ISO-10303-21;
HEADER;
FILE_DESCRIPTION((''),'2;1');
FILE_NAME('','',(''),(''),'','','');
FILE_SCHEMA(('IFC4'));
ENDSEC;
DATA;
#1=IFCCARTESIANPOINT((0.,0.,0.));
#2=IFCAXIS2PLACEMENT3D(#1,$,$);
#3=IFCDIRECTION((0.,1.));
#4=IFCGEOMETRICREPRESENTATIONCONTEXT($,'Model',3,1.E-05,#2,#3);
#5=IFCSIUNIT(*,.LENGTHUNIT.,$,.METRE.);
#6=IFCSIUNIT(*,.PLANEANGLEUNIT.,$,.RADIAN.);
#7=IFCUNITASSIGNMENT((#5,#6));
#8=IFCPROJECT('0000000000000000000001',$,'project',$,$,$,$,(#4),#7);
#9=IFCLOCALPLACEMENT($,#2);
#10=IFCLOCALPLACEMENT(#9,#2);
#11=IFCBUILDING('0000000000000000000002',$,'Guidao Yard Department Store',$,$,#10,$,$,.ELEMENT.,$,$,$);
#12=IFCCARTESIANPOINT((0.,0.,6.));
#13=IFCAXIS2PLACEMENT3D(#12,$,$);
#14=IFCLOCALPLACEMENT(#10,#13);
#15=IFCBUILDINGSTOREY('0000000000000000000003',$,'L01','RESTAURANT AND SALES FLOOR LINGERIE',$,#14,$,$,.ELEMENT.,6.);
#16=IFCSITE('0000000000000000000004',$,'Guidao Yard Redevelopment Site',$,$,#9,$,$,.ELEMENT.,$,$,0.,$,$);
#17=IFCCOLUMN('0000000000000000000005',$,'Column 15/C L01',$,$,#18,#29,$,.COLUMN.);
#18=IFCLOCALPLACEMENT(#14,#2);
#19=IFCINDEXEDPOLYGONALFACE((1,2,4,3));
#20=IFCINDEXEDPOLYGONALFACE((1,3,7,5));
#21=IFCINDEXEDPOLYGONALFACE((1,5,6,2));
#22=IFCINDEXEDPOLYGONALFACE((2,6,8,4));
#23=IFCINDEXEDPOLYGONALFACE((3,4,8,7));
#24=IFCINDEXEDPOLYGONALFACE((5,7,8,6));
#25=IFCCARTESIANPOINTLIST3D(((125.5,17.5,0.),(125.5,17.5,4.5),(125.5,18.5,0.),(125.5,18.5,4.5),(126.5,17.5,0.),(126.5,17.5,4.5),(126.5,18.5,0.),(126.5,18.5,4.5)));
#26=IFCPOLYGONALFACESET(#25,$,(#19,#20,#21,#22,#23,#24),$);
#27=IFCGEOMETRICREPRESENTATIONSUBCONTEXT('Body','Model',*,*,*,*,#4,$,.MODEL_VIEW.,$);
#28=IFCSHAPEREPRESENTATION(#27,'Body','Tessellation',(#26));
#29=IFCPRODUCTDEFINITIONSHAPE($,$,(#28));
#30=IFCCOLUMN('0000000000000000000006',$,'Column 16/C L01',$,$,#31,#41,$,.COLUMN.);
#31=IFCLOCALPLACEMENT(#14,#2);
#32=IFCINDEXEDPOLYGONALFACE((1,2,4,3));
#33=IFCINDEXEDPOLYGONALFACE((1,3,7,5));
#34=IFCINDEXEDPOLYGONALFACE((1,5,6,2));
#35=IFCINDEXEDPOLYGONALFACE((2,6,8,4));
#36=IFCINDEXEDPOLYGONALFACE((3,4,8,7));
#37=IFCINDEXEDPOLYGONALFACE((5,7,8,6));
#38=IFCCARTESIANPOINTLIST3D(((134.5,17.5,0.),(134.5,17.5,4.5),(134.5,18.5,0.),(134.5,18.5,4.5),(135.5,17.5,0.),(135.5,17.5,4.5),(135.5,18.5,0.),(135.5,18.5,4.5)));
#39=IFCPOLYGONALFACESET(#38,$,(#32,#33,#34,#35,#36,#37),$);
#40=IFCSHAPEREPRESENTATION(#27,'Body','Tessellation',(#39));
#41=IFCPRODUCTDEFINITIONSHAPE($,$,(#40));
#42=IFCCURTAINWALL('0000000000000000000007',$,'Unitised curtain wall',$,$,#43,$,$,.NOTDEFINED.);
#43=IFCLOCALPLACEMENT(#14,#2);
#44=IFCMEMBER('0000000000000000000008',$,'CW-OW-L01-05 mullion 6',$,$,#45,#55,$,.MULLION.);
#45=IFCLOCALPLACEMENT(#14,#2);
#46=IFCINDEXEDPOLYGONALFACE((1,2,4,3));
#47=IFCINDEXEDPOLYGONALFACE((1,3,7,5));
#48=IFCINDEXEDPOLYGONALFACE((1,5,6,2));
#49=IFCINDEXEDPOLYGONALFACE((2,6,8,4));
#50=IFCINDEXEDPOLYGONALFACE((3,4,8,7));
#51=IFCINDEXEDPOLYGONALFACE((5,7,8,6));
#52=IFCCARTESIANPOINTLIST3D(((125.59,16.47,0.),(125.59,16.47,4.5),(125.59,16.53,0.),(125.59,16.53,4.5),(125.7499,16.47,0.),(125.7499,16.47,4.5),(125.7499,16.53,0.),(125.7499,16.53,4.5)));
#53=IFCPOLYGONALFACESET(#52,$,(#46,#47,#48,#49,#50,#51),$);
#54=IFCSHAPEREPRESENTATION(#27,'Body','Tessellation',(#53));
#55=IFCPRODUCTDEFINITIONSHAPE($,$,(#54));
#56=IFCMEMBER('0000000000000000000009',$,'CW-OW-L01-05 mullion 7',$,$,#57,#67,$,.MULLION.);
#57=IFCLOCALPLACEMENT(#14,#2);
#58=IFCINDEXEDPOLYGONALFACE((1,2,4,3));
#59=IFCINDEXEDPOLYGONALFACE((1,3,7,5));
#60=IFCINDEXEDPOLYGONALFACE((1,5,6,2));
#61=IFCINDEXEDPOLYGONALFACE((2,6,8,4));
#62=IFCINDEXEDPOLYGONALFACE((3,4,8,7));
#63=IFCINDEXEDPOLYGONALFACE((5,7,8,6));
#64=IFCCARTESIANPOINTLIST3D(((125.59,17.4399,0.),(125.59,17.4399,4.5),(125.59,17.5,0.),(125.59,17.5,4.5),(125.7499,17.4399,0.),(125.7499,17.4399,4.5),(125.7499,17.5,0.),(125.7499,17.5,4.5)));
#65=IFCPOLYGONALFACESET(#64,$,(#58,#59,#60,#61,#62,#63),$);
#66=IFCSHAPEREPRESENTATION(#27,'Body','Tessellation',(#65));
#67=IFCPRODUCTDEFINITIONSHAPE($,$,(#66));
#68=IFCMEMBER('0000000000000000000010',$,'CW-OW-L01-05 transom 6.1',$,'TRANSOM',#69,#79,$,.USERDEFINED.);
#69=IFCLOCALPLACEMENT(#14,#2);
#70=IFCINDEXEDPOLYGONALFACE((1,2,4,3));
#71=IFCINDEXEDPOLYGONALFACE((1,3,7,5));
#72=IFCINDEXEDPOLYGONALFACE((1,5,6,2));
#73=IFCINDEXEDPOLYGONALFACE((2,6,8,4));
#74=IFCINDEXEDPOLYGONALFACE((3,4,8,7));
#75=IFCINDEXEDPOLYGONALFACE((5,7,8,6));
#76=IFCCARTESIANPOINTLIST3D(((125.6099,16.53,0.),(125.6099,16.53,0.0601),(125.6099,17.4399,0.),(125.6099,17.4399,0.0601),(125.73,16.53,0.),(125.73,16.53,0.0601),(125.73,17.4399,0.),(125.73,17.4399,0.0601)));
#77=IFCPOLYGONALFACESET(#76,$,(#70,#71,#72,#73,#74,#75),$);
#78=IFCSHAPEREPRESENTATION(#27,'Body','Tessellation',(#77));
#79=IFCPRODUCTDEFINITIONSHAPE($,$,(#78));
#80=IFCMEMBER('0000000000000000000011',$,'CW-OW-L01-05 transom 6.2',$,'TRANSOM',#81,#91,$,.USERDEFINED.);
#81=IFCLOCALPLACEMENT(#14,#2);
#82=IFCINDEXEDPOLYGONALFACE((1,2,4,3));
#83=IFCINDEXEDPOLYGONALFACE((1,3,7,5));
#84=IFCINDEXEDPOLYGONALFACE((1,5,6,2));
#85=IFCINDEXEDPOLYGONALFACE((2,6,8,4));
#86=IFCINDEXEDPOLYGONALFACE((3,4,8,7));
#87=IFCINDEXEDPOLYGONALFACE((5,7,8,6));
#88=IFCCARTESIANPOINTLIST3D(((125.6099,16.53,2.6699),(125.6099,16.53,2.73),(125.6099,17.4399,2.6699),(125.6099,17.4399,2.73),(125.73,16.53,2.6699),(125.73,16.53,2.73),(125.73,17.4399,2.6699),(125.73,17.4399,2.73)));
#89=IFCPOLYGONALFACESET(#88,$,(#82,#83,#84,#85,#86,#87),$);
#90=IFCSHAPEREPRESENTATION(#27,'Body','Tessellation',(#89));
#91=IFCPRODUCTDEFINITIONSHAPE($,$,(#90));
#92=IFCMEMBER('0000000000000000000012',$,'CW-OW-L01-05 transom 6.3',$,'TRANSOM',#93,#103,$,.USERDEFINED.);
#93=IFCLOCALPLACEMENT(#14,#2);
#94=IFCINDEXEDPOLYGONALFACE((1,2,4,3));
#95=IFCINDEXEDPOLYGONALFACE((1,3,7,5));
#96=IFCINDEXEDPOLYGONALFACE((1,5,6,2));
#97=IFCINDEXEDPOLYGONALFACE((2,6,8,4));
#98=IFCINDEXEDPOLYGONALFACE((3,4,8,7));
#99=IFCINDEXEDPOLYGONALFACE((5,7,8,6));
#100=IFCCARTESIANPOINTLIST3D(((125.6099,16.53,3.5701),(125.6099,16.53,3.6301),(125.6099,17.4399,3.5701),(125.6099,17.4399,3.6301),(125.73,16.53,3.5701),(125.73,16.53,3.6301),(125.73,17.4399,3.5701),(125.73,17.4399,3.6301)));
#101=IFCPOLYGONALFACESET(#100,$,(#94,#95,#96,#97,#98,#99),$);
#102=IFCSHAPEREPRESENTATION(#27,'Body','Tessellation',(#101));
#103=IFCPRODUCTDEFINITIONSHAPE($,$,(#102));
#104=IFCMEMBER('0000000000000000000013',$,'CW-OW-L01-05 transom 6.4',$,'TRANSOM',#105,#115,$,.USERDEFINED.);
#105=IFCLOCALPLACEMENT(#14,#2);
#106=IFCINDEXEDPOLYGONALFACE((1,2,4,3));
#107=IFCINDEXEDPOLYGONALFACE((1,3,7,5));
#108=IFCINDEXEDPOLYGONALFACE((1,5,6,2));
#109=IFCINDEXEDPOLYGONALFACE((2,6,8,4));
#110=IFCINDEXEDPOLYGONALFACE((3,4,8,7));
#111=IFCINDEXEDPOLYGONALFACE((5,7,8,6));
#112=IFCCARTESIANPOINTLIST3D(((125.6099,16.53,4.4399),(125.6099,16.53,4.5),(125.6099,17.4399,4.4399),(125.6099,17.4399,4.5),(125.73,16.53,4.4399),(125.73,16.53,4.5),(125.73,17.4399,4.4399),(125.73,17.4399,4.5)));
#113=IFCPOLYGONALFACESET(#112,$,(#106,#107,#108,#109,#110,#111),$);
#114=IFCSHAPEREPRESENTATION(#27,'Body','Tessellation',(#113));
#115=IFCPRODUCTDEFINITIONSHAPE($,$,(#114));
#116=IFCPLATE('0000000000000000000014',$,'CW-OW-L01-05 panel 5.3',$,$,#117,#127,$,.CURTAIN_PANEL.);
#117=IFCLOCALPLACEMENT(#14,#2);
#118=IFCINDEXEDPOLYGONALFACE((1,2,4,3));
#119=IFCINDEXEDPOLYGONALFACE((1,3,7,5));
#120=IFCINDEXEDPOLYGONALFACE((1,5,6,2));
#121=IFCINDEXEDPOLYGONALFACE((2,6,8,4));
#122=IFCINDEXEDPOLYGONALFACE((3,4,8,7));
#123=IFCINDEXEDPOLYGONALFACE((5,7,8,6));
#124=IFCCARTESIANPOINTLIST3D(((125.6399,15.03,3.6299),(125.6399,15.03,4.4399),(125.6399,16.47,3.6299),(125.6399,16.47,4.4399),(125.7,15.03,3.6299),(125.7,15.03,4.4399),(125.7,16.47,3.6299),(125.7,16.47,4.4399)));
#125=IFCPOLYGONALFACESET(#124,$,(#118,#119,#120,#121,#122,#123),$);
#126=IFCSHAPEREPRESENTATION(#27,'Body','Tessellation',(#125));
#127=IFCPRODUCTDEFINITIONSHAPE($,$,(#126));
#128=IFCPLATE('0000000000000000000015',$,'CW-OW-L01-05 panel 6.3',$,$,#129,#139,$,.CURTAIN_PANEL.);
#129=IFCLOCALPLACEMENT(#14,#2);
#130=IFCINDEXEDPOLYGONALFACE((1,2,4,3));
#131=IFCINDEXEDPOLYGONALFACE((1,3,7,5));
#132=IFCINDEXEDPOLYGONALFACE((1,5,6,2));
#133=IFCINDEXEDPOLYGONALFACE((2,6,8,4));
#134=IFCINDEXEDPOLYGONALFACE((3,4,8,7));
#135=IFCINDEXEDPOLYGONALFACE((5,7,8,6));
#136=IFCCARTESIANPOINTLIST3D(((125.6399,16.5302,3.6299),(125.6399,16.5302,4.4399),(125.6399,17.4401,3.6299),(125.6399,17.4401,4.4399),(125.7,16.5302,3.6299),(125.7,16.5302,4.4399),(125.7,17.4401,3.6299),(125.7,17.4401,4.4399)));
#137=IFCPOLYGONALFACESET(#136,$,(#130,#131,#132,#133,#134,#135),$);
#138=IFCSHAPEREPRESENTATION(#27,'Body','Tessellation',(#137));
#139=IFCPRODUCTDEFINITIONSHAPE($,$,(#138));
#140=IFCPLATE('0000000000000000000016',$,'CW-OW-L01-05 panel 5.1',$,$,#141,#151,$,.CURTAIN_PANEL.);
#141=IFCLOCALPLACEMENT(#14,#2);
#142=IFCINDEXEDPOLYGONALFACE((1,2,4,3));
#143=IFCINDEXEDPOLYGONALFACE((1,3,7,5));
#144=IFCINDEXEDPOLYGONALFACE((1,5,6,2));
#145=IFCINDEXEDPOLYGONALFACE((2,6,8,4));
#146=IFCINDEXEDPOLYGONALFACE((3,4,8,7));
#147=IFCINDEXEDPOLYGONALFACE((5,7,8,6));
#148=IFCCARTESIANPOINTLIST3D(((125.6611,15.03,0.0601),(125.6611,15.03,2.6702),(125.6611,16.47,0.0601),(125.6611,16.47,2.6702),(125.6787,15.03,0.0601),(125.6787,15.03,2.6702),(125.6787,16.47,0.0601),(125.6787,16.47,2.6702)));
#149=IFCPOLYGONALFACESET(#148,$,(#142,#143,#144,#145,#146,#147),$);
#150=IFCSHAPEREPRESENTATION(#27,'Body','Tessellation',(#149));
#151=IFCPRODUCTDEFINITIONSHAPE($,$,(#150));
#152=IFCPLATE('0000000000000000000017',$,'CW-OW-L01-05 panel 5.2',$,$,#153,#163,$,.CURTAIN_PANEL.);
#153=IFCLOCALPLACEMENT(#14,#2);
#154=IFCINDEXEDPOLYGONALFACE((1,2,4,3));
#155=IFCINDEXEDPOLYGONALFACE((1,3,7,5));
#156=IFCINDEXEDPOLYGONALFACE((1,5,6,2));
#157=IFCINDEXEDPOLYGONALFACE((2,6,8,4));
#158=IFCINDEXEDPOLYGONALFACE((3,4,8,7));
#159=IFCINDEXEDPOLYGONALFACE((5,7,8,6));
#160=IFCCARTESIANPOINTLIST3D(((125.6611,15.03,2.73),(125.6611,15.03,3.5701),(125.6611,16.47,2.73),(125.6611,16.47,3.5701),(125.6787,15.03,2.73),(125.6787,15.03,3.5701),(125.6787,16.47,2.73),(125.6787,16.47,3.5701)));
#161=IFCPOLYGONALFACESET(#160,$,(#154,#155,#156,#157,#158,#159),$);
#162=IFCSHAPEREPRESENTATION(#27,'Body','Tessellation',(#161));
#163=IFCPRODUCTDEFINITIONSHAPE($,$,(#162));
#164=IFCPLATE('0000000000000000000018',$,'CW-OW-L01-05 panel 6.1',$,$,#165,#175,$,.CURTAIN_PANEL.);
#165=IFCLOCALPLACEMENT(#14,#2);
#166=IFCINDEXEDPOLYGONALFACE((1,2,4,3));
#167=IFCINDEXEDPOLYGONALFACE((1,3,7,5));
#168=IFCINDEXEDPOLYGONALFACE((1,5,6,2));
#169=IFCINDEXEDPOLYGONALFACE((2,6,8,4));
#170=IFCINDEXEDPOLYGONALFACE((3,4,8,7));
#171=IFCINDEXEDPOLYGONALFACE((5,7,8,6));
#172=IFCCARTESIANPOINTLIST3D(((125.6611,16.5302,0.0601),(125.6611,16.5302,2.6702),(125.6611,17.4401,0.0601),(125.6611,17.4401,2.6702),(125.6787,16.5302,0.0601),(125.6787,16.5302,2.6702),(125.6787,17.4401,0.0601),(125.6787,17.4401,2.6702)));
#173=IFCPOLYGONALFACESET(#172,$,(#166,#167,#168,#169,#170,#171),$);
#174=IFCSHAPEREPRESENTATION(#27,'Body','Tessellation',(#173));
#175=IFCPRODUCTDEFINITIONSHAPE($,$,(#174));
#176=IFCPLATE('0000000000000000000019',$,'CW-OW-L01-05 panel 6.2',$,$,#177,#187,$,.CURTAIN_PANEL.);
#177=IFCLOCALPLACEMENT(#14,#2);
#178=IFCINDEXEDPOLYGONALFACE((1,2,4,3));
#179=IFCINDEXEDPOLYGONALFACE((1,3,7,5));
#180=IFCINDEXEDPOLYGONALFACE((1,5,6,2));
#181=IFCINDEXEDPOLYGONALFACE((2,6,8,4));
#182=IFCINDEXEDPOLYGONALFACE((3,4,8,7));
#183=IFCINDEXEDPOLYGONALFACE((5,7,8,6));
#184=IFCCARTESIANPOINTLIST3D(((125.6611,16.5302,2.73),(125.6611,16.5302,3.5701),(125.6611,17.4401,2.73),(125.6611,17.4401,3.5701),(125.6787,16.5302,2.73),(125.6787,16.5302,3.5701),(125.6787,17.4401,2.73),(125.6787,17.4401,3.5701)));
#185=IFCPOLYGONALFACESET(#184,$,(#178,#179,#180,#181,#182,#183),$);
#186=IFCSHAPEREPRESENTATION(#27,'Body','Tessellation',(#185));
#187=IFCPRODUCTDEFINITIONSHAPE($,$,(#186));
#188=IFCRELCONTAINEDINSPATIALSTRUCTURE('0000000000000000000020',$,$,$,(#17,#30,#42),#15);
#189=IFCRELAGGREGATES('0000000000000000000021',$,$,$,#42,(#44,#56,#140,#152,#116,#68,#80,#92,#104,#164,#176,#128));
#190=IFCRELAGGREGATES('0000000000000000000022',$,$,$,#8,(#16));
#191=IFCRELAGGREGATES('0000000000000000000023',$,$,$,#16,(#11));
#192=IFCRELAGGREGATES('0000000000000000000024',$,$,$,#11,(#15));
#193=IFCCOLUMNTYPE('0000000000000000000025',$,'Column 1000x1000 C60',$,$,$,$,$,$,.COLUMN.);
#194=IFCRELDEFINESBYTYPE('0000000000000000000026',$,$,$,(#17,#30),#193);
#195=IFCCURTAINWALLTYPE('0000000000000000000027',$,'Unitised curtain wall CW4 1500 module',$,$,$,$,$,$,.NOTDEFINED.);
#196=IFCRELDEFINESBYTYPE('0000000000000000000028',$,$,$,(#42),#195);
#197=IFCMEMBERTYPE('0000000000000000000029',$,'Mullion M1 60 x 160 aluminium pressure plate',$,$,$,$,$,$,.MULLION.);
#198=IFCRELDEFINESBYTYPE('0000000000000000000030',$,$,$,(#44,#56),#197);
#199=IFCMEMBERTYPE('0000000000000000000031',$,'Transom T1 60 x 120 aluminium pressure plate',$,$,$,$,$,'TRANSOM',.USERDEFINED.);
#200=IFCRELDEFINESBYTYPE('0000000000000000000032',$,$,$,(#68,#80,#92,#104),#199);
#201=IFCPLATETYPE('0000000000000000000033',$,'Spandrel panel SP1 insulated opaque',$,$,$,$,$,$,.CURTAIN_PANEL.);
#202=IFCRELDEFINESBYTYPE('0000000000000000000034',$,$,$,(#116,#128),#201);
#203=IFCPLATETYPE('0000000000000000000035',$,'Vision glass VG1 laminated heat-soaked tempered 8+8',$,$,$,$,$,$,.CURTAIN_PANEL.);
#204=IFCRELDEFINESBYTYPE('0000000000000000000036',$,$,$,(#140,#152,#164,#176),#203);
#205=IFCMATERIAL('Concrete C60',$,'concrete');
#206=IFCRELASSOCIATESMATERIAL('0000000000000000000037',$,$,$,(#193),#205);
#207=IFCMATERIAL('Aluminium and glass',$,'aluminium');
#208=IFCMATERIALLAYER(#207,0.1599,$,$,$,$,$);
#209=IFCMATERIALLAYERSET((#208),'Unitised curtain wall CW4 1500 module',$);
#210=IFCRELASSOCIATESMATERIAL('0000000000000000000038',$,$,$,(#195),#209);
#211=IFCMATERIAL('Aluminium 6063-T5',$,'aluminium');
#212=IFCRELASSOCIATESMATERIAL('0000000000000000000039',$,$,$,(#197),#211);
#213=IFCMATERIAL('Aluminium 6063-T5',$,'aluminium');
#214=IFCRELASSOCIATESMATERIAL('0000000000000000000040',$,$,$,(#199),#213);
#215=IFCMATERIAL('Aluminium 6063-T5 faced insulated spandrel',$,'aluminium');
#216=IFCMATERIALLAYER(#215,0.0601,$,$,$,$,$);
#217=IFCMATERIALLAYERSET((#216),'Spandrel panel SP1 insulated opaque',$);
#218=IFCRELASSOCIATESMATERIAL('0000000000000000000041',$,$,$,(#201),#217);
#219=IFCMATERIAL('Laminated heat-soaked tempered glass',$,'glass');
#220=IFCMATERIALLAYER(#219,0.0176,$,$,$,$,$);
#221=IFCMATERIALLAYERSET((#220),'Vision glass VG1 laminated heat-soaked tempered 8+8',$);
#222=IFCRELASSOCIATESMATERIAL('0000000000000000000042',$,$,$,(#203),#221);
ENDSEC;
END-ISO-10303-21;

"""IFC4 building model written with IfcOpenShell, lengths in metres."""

from ifc_helpers import new_model, si_unit, direction, frame, origin, origin_2d, place, context, subcontext, project, spatial, rectangle, extrude, material, layer, layer_set, material_profile, profile_set, type_object, element, aggregate, save


model = new_model("IFC4")

# Units and contexts
model_context = context("Model", 3, precision=1e-05, world=origin(), true_north=direction((0.0, 1.0)))
body_context = subcontext(model_context, "Body", "Model", "MODEL_VIEW")
ifc_project = project(units=[si_unit("LENGTHUNIT", "METRE"), si_unit("PLANEANGLEUNIT", "RADIAN")], contexts=[model_context])

# Site, building, storey
site_placement = place(None, origin())
site = spatial("IfcSite", under=ifc_project, at=site_placement, Name="Guidao Yard Redevelopment Site", CompositionType="ELEMENT", RefElevation=0.0)
building_placement = place(site_placement, origin())
building = spatial("IfcBuilding", under=site, at=building_placement, Name="Guidao Yard Department Store", CompositionType="ELEMENT")
storey_placement = place(building_placement, frame((0.0, 0.0, 6.0)))
storey = spatial("IfcBuildingStorey", under=building, at=storey_placement, Name="L01", Description="RESTAURANT AND SALES FLOOR LINGERIE", CompositionType="ELEMENT", Elevation=6.0)

# Columns
ifc_material_1 = material(Name="Concrete C60", Category="concrete")
ifc_material_profile_1 = material_profile(ifc_material_1, rectangle(XDim=1.0, YDim=1.0, at=origin_2d()), Name="COL 1000x1000")
ifc_profile_set_1 = profile_set([ifc_material_profile_1], Name="Concrete C60")
column_type = type_object("IfcColumnType", Name="Column 1000x1000 C60", PredefinedType="COLUMN", material=ifc_profile_set_1)
for number, where, z_axis, x_axis, name in (
    (1, (126.0, 18.0, 0.0), (0.0, 0.0, 1.0), (1.0, 0.0, 0.0), "Column 15/C L01"),
    (2, (135.0, 18.0, 0.0), (0.0, 0.0, 1.0), (1.0, 0.0, 0.0), "Column 16/C L01"),
):
    element("IfcColumn", number, at=place(storey_placement, frame(where, z_axis=z_axis, x_axis=x_axis)), inside=storey, type_object=column_type, Name=name, PredefinedType="COLUMN", context=body_context, shape_type="SweptSolid", body=[
        extrude(rectangle(XDim=1.0, YDim=1.0, at=origin_2d()), origin(), (0.0, 0.0, 1.0), 4.5),
    ])

# Curtain wall, members, plates
ifc_material_2 = material(Name="Aluminium and glass", Category="aluminium")
ifc_layer_1 = layer(ifc_material_2, 0.1599)
ifc_layer_set_1 = layer_set([ifc_layer_1], Name="Unitised curtain wall CW4 1500 module")
curtain_wall_type = type_object("IfcCurtainWallType", Name="Unitised curtain wall CW4 1500 module", PredefinedType="NOTDEFINED", material=ifc_layer_set_1)
curtain_wall_placement = place(storey_placement, origin())
curtain_wall = element("IfcCurtainWall", 3, at=curtain_wall_placement, inside=storey, type_object=curtain_wall_type, Name="Unitised curtain wall", PredefinedType="NOTDEFINED")
ifc_material_3 = material(Name="Aluminium 6063-T5", Category="aluminium")
ifc_material_profile_2 = material_profile(ifc_material_3, rectangle(XDim=0.0601, YDim=0.1599, at=origin_2d()), Name="Mullion M1 60 x 160 aluminium pressure plate")
ifc_profile_set_2 = profile_set([ifc_material_profile_2], Name="Aluminium 6063-T5")
member_type_1 = type_object("IfcMemberType", Name="Mullion M1 60 x 160 aluminium pressure plate", PredefinedType="MULLION", material=ifc_profile_set_2)
member_1_placement = place(storey_placement, frame((125.6699, 16.5, 0.0), z_axis=(0.0, 0.0, 1.0), x_axis=(0.0, 1.0, 0.0)))
member_1 = element("IfcMember", 4, at=member_1_placement, type_object=member_type_1, Name="CW-OW-L01-05 mullion 6", PredefinedType="MULLION", context=body_context, shape_type="SweptSolid", body=[
    extrude(rectangle(XDim=0.0601, YDim=0.1599, at=origin_2d()), origin(), (0.0, 0.0, 1.0), 4.5),
])
member_2_placement = place(storey_placement, frame((125.6699, 17.47, 0.0), z_axis=(0.0, 0.0, 1.0), x_axis=(0.0, 1.0, 0.0)))
member_2 = element("IfcMember", 5, at=member_2_placement, type_object=member_type_1, Name="CW-OW-L01-05 mullion 7", PredefinedType="MULLION", context=body_context, shape_type="SweptSolid", body=[
    extrude(rectangle(XDim=0.0601, YDim=0.1599, at=origin_2d()), origin(), (0.0, 0.0, 1.0), 4.5),
])
ifc_material_4 = material(Name="Aluminium 6063-T5", Category="aluminium")
ifc_material_profile_3 = material_profile(ifc_material_4, rectangle(XDim=0.1201, YDim=0.0601, at=origin_2d()), Name="Transom T1 60 x 120 aluminium pressure plate")
ifc_profile_set_3 = profile_set([ifc_material_profile_3], Name="Aluminium 6063-T5")
member_type_2 = type_object("IfcMemberType", Name="Transom T1 60 x 120 aluminium pressure plate", ElementType="TRANSOM", PredefinedType="USERDEFINED", material=ifc_profile_set_3)
member_3_placement = place(storey_placement, frame((125.6699, 16.53, 0.03), z_axis=(0.0, 1.0, 0.0), x_axis=(-1.0, 0.0, 0.0)))
member_3 = element("IfcMember", 6, at=member_3_placement, type_object=member_type_2, Name="CW-OW-L01-05 transom 6.1", ObjectType="TRANSOM", PredefinedType="USERDEFINED", context=body_context, shape_type="SweptSolid", body=[
    extrude(rectangle(XDim=0.1201, YDim=0.0601, at=origin_2d()), origin(), (0.0, 0.0, 1.0), 0.9099),
])
member_4_placement = place(storey_placement, frame((125.6699, 16.53, 2.7), z_axis=(0.0, 1.0, 0.0), x_axis=(-1.0, 0.0, 0.0)))
member_4 = element("IfcMember", 7, at=member_4_placement, type_object=member_type_2, Name="CW-OW-L01-05 transom 6.2", ObjectType="TRANSOM", PredefinedType="USERDEFINED", context=body_context, shape_type="SweptSolid", body=[
    extrude(rectangle(XDim=0.1201, YDim=0.0601, at=origin_2d()), origin(), (0.0, 0.0, 1.0), 0.9099),
])
member_5_placement = place(storey_placement, frame((125.6699, 16.53, 3.6001), z_axis=(0.0, 1.0, 0.0), x_axis=(-1.0, 0.0, 0.0)))
member_5 = element("IfcMember", 8, at=member_5_placement, type_object=member_type_2, Name="CW-OW-L01-05 transom 6.3", ObjectType="TRANSOM", PredefinedType="USERDEFINED", context=body_context, shape_type="SweptSolid", body=[
    extrude(rectangle(XDim=0.1201, YDim=0.0601, at=origin_2d()), origin(), (0.0, 0.0, 1.0), 0.9099),
])
member_6_placement = place(storey_placement, frame((125.6699, 16.53, 4.47), z_axis=(0.0, 1.0, 0.0), x_axis=(-1.0, 0.0, 0.0)))
member_6 = element("IfcMember", 9, at=member_6_placement, type_object=member_type_2, Name="CW-OW-L01-05 transom 6.4", ObjectType="TRANSOM", PredefinedType="USERDEFINED", context=body_context, shape_type="SweptSolid", body=[
    extrude(rectangle(XDim=0.1201, YDim=0.0601, at=origin_2d()), origin(), (0.0, 0.0, 1.0), 0.9099),
])
ifc_material_5 = material(Name="Aluminium 6063-T5 faced insulated spandrel", Category="aluminium")
ifc_layer_2 = layer(ifc_material_5, 0.0601)
ifc_layer_set_2 = layer_set([ifc_layer_2], Name="Spandrel panel SP1 insulated opaque")
plate_type_1 = type_object("IfcPlateType", Name="Spandrel panel SP1 insulated opaque", PredefinedType="CURTAIN_PANEL", material=ifc_layer_set_2)
plate_1_placement = place(storey_placement, frame((125.6699, 15.75, 3.6299), z_axis=(0.0, 0.0, 1.0), x_axis=(0.0, 1.0, 0.0)))
plate_1 = element("IfcPlate", 10, at=plate_1_placement, type_object=plate_type_1, Name="CW-OW-L01-05 panel 5.3", PredefinedType="CURTAIN_PANEL", context=body_context, shape_type="SweptSolid", body=[
    extrude(rectangle(XDim=1.4399, YDim=0.0601, at=origin_2d()), origin(), (0.0, 0.0, 1.0), 0.8101),
])
plate_2_placement = place(storey_placement, frame((125.6699, 16.9851, 3.6299), z_axis=(0.0, 0.0, 1.0), x_axis=(0.0, 1.0, 0.0)))
plate_2 = element("IfcPlate", 11, at=plate_2_placement, type_object=plate_type_1, Name="CW-OW-L01-05 panel 6.3", PredefinedType="CURTAIN_PANEL", context=body_context, shape_type="SweptSolid", body=[
    extrude(rectangle(XDim=0.9099, YDim=0.0601, at=origin_2d()), origin(), (0.0, 0.0, 1.0), 0.8101),
])
ifc_material_6 = material(Name="Laminated heat-soaked tempered glass", Category="glass")
ifc_layer_3 = layer(ifc_material_6, 0.0176)
ifc_layer_set_3 = layer_set([ifc_layer_3], Name="Vision glass VG1 laminated heat-soaked tempered 8+8")
plate_type_2 = type_object("IfcPlateType", Name="Vision glass VG1 laminated heat-soaked tempered 8+8", PredefinedType="CURTAIN_PANEL", material=ifc_layer_set_3)
plate_3_placement = place(storey_placement, frame((125.6699, 15.75, 0.0601), z_axis=(0.0, 0.0, 1.0), x_axis=(0.0, 1.0, 0.0)))
plate_3 = element("IfcPlate", 12, at=plate_3_placement, type_object=plate_type_2, Name="CW-OW-L01-05 panel 5.1", PredefinedType="CURTAIN_PANEL", context=body_context, shape_type="SweptSolid", body=[
    extrude(rectangle(XDim=1.4399, YDim=0.0176, at=origin_2d()), origin(), (0.0, 0.0, 1.0), 2.6101),
])
plate_4_placement = place(storey_placement, frame((125.6699, 15.75, 2.73), z_axis=(0.0, 0.0, 1.0), x_axis=(0.0, 1.0, 0.0)))
plate_4 = element("IfcPlate", 13, at=plate_4_placement, type_object=plate_type_2, Name="CW-OW-L01-05 panel 5.2", PredefinedType="CURTAIN_PANEL", context=body_context, shape_type="SweptSolid", body=[
    extrude(rectangle(XDim=1.4399, YDim=0.0176, at=origin_2d()), origin(), (0.0, 0.0, 1.0), 0.8401),
])
plate_5_placement = place(storey_placement, frame((125.6699, 16.9851, 0.0601), z_axis=(0.0, 0.0, 1.0), x_axis=(0.0, 1.0, 0.0)))
plate_5 = element("IfcPlate", 14, at=plate_5_placement, type_object=plate_type_2, Name="CW-OW-L01-05 panel 6.1", PredefinedType="CURTAIN_PANEL", context=body_context, shape_type="SweptSolid", body=[
    extrude(rectangle(XDim=0.9099, YDim=0.0176, at=origin_2d()), origin(), (0.0, 0.0, 1.0), 2.6101),
])
plate_6_placement = place(storey_placement, frame((125.6699, 16.9851, 2.73), z_axis=(0.0, 0.0, 1.0), x_axis=(0.0, 1.0, 0.0)))
plate_6 = element("IfcPlate", 15, at=plate_6_placement, type_object=plate_type_2, Name="CW-OW-L01-05 panel 6.2", PredefinedType="CURTAIN_PANEL", context=body_context, shape_type="SweptSolid", body=[
    extrude(rectangle(XDim=0.9099, YDim=0.0176, at=origin_2d()), origin(), (0.0, 0.0, 1.0), 0.8401),
])
aggregate(curtain_wall, [member_1, member_2, plate_3, plate_4, plate_1, member_3, member_4, member_5, member_6, plate_5, plate_6, plate_2])

save(model, "model.ifc")
